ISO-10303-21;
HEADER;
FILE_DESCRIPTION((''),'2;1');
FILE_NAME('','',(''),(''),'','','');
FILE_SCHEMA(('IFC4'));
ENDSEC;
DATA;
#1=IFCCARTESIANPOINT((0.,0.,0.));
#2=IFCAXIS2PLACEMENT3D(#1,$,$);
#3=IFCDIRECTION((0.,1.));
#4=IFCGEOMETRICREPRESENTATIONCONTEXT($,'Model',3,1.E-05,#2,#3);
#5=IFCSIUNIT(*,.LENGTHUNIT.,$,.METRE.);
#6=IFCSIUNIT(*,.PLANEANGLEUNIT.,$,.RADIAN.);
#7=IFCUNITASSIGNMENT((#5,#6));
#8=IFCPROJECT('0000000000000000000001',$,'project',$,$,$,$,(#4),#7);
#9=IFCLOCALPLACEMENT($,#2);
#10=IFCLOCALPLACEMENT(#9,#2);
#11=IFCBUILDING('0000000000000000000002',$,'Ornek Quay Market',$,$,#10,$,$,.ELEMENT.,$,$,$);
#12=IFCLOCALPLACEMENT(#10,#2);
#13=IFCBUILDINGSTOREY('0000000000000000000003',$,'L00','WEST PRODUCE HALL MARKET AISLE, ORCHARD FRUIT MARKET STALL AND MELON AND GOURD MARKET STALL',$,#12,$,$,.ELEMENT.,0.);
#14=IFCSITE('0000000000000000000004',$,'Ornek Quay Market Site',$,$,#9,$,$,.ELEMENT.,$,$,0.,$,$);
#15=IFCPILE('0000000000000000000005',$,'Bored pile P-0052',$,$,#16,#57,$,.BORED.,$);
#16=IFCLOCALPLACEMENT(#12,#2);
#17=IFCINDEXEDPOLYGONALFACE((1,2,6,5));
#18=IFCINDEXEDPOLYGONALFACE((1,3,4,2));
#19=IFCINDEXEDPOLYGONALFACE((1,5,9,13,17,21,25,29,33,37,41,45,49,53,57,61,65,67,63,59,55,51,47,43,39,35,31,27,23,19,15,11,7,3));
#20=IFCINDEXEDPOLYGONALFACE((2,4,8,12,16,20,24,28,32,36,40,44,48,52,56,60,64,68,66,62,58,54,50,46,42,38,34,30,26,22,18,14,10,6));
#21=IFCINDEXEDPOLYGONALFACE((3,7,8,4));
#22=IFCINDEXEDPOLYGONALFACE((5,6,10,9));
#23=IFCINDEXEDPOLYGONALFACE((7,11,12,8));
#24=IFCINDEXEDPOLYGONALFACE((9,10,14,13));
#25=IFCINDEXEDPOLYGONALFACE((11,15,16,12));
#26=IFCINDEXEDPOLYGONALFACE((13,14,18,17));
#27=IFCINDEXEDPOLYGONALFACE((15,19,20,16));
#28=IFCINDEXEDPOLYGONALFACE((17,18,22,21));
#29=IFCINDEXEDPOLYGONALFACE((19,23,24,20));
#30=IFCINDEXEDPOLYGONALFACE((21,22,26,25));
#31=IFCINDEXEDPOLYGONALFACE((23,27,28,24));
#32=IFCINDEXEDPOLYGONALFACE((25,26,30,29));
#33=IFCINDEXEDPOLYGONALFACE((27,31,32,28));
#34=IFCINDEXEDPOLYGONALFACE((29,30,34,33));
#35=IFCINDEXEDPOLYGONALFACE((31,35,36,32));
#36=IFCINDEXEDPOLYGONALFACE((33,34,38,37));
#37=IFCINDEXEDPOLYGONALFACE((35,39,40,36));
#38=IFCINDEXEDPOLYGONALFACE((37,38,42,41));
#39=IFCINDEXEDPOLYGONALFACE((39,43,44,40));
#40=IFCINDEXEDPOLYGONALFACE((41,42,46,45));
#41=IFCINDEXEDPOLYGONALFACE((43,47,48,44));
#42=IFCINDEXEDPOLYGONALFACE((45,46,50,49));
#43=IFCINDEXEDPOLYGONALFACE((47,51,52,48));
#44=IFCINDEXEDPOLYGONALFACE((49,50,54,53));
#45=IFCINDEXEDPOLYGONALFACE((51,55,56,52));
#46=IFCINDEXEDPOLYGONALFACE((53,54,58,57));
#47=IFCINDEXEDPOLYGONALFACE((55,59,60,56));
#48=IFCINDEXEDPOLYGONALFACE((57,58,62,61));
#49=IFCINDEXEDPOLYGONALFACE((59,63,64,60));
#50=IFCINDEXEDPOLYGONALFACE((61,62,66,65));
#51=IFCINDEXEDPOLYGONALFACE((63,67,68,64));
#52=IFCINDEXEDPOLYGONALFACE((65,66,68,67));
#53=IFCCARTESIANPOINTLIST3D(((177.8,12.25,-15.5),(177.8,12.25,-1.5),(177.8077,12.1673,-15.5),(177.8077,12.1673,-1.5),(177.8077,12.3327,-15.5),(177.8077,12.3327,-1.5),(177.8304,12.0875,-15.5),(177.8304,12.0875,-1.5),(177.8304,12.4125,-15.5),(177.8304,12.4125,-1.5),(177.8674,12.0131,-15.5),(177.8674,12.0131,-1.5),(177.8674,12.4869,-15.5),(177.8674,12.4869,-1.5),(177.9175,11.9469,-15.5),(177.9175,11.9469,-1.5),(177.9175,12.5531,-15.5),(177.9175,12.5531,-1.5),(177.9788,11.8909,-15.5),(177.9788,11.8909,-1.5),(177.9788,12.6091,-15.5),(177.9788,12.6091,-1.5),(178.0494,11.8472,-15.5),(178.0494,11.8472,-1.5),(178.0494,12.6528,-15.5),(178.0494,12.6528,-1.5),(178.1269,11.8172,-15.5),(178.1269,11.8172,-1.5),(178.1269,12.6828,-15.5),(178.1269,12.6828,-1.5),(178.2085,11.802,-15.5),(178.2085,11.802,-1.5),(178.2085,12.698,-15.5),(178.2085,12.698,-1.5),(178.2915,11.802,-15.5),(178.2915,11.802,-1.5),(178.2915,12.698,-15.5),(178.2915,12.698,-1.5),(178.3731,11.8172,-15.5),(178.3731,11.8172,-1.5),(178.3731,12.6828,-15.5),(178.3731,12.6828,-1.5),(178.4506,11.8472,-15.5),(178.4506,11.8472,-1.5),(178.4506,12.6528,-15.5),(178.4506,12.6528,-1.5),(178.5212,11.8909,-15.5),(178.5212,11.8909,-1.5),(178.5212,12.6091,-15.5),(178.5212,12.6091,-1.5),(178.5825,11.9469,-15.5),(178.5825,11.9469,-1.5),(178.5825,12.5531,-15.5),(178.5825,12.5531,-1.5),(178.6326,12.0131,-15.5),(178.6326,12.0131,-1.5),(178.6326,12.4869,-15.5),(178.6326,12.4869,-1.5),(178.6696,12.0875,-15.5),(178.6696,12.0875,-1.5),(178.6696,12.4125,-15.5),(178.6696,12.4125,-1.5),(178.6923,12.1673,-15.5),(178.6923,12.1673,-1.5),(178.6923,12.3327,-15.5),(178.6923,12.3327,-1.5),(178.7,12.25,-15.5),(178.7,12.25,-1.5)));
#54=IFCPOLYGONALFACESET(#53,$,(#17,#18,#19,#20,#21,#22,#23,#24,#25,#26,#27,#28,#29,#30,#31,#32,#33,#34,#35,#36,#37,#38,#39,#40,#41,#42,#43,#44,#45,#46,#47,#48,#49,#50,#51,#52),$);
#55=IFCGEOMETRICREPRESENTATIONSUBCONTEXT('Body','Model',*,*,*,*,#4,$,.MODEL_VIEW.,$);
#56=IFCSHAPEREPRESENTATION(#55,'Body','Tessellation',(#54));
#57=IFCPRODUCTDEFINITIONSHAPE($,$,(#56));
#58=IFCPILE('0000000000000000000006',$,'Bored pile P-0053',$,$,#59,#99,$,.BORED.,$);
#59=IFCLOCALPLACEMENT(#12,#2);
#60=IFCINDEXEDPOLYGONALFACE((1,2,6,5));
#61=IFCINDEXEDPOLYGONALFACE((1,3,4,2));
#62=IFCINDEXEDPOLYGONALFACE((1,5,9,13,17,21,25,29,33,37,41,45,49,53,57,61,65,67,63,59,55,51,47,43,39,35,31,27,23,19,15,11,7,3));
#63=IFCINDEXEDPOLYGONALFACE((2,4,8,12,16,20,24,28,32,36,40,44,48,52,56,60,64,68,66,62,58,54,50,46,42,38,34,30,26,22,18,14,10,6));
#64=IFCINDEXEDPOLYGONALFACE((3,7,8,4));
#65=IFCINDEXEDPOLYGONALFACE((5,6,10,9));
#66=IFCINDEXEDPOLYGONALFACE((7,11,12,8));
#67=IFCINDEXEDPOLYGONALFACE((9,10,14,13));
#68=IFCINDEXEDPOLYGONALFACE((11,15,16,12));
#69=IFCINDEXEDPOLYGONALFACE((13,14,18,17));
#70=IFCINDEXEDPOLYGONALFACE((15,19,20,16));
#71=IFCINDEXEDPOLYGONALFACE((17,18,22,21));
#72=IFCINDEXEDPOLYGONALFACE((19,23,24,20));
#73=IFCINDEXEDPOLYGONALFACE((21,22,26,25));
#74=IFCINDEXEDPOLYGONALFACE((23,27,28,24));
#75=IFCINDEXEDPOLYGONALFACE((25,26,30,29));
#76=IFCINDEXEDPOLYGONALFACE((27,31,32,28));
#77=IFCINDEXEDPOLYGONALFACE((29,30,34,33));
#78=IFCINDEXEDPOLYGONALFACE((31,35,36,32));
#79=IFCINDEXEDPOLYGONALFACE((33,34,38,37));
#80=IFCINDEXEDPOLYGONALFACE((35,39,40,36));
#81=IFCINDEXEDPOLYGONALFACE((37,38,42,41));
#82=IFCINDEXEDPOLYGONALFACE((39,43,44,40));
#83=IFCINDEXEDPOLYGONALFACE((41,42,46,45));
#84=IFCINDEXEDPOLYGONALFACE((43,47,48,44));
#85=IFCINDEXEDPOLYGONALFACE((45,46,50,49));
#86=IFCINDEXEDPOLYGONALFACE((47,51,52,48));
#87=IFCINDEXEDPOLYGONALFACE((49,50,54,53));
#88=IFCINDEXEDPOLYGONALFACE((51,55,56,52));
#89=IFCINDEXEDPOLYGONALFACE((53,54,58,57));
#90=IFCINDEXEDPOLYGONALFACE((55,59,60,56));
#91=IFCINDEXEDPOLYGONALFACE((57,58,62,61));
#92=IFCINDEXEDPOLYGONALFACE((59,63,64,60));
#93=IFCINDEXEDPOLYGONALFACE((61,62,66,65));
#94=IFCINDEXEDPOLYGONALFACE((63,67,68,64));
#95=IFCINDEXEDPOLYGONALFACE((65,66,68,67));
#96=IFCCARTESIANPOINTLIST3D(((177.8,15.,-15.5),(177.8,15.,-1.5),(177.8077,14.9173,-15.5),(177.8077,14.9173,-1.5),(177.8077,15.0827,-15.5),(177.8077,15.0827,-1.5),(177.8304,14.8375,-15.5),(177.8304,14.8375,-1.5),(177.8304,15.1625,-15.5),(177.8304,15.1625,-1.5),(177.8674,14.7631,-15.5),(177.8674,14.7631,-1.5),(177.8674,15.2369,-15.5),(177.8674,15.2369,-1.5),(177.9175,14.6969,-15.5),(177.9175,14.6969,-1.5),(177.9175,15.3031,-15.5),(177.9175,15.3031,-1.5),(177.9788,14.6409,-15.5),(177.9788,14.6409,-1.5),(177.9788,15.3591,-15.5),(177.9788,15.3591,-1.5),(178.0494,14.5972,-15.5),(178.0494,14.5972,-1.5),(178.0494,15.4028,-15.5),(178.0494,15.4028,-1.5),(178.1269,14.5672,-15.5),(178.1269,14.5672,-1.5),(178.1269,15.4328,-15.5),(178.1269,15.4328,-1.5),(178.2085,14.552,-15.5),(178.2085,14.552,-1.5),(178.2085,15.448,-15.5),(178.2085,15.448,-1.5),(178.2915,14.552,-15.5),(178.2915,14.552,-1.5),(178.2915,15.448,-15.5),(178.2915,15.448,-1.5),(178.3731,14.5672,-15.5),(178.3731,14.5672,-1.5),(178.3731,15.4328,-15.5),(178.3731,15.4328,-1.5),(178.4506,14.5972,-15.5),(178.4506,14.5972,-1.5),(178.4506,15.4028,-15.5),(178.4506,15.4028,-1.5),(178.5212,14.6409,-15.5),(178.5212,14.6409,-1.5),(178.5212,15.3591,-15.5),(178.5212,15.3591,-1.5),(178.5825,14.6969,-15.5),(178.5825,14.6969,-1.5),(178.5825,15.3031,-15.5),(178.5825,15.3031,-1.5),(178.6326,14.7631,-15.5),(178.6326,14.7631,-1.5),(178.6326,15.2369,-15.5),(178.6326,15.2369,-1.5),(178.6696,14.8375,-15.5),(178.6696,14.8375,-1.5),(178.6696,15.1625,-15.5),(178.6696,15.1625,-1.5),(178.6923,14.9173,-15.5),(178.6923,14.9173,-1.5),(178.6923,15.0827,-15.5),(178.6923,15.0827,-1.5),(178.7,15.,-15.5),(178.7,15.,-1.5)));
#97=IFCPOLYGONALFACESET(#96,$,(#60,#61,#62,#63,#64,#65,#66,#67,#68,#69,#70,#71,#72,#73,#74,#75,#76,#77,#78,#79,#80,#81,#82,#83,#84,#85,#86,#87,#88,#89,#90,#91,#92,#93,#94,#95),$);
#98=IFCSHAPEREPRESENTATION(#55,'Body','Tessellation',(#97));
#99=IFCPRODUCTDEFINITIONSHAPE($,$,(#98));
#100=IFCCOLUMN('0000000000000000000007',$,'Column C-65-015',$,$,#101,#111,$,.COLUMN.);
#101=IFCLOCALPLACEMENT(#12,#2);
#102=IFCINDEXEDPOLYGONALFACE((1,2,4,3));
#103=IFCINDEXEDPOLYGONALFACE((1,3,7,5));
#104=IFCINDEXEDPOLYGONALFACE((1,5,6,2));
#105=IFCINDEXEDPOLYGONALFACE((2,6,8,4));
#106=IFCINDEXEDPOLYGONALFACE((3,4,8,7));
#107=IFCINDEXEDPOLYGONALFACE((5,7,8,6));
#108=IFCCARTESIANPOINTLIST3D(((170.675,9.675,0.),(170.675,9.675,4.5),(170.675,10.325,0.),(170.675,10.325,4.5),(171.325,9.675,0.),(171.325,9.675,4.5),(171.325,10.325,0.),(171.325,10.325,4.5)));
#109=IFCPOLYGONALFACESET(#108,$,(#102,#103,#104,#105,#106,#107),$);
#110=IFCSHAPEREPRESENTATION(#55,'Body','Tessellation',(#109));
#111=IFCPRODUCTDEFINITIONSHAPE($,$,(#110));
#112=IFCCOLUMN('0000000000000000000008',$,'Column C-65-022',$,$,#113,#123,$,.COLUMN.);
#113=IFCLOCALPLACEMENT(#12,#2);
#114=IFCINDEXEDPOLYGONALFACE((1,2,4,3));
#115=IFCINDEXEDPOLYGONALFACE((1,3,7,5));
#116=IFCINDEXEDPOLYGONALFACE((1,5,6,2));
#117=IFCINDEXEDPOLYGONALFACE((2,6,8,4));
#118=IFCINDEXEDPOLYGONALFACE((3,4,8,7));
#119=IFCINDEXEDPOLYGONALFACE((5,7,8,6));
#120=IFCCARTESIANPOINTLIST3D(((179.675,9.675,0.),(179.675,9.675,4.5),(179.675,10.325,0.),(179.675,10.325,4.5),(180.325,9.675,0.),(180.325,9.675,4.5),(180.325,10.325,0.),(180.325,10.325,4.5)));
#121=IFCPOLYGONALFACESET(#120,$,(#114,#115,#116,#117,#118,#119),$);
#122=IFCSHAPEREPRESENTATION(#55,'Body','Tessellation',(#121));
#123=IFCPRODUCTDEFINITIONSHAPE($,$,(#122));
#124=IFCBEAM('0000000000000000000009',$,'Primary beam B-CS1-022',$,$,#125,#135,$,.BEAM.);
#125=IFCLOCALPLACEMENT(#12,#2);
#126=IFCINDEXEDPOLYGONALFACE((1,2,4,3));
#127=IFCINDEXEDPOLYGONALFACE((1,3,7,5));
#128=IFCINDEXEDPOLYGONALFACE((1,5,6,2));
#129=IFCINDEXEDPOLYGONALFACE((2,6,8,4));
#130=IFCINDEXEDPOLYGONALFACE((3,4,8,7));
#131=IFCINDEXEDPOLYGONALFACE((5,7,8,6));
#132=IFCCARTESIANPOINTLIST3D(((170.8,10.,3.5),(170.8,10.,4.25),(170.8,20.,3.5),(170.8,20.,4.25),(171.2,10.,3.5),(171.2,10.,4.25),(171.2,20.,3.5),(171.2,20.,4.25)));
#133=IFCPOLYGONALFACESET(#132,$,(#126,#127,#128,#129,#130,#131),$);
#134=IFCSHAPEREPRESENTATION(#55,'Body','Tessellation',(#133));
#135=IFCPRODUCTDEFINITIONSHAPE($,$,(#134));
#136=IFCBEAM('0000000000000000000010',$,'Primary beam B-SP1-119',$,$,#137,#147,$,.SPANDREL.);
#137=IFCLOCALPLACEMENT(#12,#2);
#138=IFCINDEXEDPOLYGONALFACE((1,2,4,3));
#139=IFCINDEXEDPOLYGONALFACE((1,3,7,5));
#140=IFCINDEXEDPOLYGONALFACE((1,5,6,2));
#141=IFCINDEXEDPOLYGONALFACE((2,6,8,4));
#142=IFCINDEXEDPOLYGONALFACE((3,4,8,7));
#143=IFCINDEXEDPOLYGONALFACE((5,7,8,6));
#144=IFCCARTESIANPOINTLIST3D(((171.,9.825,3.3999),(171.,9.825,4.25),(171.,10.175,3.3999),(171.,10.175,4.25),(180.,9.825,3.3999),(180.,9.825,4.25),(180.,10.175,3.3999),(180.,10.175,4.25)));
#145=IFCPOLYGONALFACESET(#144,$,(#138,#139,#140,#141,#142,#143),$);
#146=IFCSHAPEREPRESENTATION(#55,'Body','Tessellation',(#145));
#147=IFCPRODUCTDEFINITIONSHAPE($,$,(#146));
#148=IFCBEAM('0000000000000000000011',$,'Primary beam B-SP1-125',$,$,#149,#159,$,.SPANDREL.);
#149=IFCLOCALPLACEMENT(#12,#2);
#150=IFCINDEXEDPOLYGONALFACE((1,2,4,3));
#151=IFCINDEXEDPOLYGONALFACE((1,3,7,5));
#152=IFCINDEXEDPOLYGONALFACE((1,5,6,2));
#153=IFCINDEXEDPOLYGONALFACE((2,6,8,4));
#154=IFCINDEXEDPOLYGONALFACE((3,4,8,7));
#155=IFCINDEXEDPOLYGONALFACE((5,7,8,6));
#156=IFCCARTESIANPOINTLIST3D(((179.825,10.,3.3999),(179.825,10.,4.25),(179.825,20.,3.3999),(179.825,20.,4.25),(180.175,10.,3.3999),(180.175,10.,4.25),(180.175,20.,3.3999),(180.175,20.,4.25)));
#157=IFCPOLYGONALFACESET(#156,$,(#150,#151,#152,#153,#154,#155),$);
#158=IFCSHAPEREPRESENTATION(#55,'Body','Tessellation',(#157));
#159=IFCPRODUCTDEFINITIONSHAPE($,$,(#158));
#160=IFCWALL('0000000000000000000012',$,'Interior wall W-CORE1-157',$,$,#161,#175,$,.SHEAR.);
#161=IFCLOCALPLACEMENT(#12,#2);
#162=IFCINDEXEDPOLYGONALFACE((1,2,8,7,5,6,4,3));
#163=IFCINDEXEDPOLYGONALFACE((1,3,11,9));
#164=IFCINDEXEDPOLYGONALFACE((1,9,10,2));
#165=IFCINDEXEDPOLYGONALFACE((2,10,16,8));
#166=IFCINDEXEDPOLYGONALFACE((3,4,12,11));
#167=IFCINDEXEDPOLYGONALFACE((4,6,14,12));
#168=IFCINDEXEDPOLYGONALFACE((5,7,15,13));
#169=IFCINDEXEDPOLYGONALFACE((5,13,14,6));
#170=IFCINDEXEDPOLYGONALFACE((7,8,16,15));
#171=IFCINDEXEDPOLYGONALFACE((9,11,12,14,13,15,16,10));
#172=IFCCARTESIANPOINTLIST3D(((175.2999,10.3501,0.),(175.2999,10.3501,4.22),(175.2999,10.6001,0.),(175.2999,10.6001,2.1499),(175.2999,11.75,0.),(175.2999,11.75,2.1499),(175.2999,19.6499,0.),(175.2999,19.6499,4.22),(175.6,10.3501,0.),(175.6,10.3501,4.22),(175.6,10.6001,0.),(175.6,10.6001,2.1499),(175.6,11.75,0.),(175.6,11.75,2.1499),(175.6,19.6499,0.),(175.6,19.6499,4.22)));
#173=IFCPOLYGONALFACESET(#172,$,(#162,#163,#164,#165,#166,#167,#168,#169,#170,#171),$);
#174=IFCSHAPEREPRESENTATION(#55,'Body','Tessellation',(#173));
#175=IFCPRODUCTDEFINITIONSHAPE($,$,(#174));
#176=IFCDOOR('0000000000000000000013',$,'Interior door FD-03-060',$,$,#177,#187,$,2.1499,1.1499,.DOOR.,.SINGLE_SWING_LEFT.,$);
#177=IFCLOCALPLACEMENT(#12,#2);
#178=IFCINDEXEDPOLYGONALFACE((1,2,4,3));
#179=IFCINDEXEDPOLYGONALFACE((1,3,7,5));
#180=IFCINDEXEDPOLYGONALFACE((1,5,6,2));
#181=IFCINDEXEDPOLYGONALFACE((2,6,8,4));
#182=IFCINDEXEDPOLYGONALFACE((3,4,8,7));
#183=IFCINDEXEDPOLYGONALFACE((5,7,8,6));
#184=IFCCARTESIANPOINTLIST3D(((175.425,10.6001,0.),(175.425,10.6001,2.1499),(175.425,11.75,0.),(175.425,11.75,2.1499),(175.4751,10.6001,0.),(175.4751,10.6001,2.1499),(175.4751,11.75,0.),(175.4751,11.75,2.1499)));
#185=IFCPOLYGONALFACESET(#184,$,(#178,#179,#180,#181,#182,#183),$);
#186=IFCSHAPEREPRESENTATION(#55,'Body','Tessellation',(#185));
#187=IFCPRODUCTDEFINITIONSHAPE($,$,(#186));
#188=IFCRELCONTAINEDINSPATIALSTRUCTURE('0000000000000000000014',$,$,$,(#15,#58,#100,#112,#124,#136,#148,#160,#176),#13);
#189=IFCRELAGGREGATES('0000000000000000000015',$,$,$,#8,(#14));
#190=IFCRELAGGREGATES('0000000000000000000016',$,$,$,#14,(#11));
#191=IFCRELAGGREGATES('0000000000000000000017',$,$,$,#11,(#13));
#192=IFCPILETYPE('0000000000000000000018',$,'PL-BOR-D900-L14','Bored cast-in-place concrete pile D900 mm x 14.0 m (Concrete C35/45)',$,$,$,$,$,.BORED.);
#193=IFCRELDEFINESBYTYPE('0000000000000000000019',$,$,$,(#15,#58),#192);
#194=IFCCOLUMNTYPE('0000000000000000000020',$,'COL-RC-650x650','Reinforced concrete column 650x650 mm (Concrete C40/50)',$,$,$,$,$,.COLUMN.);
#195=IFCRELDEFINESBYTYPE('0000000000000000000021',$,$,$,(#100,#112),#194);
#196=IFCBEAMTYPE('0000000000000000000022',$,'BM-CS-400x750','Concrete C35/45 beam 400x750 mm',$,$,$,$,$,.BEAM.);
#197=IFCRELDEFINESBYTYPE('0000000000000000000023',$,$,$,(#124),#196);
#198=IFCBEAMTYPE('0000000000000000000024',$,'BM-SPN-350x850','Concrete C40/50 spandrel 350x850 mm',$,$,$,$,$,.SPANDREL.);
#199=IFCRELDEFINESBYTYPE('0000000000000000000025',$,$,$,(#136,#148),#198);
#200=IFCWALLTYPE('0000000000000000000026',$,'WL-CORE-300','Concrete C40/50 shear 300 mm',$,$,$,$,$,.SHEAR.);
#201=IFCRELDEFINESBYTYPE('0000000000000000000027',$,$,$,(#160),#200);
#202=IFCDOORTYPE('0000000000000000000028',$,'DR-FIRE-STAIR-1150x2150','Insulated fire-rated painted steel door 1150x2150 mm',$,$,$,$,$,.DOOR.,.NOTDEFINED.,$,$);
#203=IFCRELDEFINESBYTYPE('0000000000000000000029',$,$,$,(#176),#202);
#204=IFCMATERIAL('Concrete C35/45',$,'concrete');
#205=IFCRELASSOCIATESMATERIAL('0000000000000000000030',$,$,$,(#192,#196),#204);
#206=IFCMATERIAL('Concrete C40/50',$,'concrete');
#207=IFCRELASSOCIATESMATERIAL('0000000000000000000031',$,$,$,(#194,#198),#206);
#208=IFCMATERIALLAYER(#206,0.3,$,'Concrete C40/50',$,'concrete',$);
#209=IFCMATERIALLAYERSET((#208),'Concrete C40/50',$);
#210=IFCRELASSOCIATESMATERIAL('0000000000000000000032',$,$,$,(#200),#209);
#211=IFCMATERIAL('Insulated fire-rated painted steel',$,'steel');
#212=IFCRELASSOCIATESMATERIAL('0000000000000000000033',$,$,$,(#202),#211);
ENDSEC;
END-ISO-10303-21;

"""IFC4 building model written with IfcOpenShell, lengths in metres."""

from ifc_helpers import new_model, si_unit, direction, frame, frame_2d, origin, origin_2d, place, context, subcontext, project, spatial, rectangle, circle, extrude, material, layer, layer_set, material_profile, profile_set, type_object, element, fill, save


model = new_model("IFC4")

# Units and contexts
model_context = context("Model", 3, precision=1e-05, world=origin(), true_north=direction((0.0, 1.0)))
body_context = subcontext(model_context, "Body", "Model", "MODEL_VIEW")
ifc_project = project(units=[si_unit("LENGTHUNIT", "METRE"), si_unit("PLANEANGLEUNIT", "RADIAN")], contexts=[model_context])

# Site, building, storey
site_placement = place(None, origin())
site = spatial("IfcSite", under=ifc_project, at=site_placement, Name="Ornek Quay Market Site", CompositionType="ELEMENT", RefElevation=0.0)
building_placement = place(site_placement, origin())
building = spatial("IfcBuilding", under=site, at=building_placement, Name="Ornek Quay Market", CompositionType="ELEMENT")
storey_placement = place(building_placement, origin())
storey = spatial("IfcBuildingStorey", under=building, at=storey_placement, Name="L00", Description="WEST PRODUCE HALL MARKET AISLE, ORCHARD FRUIT MARKET STALL AND MELON AND GOURD MARKET STALL", CompositionType="ELEMENT", Elevation=0.0)

# Piles
ifc_material_1 = material(Name="Concrete C35/45", Category="concrete")
ifc_material_profile_1 = material_profile(ifc_material_1, circle(Radius=0.45, at=origin_2d()), Name="PILE D900", Category="concrete")
ifc_profile_set_1 = profile_set([ifc_material_profile_1], Name="Concrete C35/45")
pile_type = type_object("IfcPileType", Name="PL-BOR-D900-L14", Description="Bored cast-in-place concrete pile D900 mm x 14.0 m (Concrete C35/45)", PredefinedType="BORED", material=ifc_profile_set_1)
for number, where, z_axis, x_axis, name in (
    (1, (178.25, 12.25, -1.5), (0.0, 0.0, -1.0), (1.0, 0.0, 0.0), "Bored pile P-0052"),
    (2, (178.25, 15.0, -1.5), (0.0, 0.0, -1.0), (1.0, 0.0, 0.0), "Bored pile P-0053"),
):
    element("IfcPile", number, at=place(storey_placement, frame(where, z_axis=z_axis, x_axis=x_axis)), inside=storey, type_object=pile_type, Name=name, PredefinedType="BORED", context=body_context, shape_type="SweptSolid", body=[
        extrude(circle(Radius=0.45, at=origin_2d()), origin(), (0.0, 0.0, 1.0), 14.0),
    ])

# Columns
ifc_material_2 = material(Name="Concrete C40/50", Category="concrete")
ifc_material_profile_2 = material_profile(ifc_material_2, rectangle(XDim=0.6499, YDim=0.6499, at=origin_2d()), Name="RC 650x650", Category="concrete")
ifc_profile_set_2 = profile_set([ifc_material_profile_2], Name="Concrete C40/50")
column_type = type_object("IfcColumnType", Name="COL-RC-650x650", Description="Reinforced concrete column 650x650 mm (Concrete C40/50)", PredefinedType="COLUMN", material=ifc_profile_set_2)
for number, where, z_axis, x_axis, name in (
    (3, (171.0, 10.0, 0.0), (0.0, 0.0, 1.0), (1.0, 0.0, 0.0), "Column C-65-015"),
    (4, (180.0, 10.0, 0.0), (0.0, 0.0, 1.0), (1.0, 0.0, 0.0), "Column C-65-022"),
):
    element("IfcColumn", number, at=place(storey_placement, frame(where, z_axis=z_axis, x_axis=x_axis)), inside=storey, type_object=column_type, Name=name, PredefinedType="COLUMN", context=body_context, shape_type="SweptSolid", body=[
        extrude(rectangle(XDim=0.6499, YDim=0.6499, at=origin_2d()), origin(), (0.0, 0.0, 1.0), 4.5),
    ])

# Beams
ifc_material_profile_3 = material_profile(ifc_material_1, rectangle(XDim=0.3999, YDim=0.75, at=origin_2d()), Name="RC 400x750", Category="concrete")
ifc_profile_set_3 = profile_set([ifc_material_profile_3], Name="Concrete C35/45")
beam_type_1 = type_object("IfcBeamType", Name="BM-CS-400x750", Description="Concrete C35/45 beam 400x750 mm", PredefinedType="BEAM", material=ifc_profile_set_3)
beam_1_placement = place(storey_placement, frame((171.0, 10.0, 3.875), z_axis=(0.0, 1.0, 0.0), x_axis=(-1.0, 0.0, 0.0)))
element("IfcBeam", 5, at=beam_1_placement, inside=storey, type_object=beam_type_1, Name="Primary beam B-CS1-022", PredefinedType="BEAM", context=body_context, shape_type="SweptSolid", body=[
    extrude(rectangle(XDim=0.3999, YDim=0.75, at=origin_2d()), origin(), (0.0, 0.0, 1.0), 10.0),
])
ifc_material_profile_4 = material_profile(ifc_material_2, rectangle(XDim=0.3501, YDim=0.8501, at=origin_2d()), Name="RC 350x850", Category="concrete")
ifc_profile_set_4 = profile_set([ifc_material_profile_4], Name="Concrete C40/50")
beam_type_2 = type_object("IfcBeamType", Name="BM-SPN-350x850", Description="Concrete C40/50 spandrel 350x850 mm", PredefinedType="SPANDREL", material=ifc_profile_set_4)
beam_2_placement = place(storey_placement, frame((171.0, 10.0, 3.825), z_axis=(1.0, 0.0, 0.0), x_axis=(0.0, 1.0, 0.0)))
element("IfcBeam", 6, at=beam_2_placement, inside=storey, type_object=beam_type_2, Name="Primary beam B-SP1-119", PredefinedType="SPANDREL", context=body_context, shape_type="SweptSolid", body=[
    extrude(rectangle(XDim=0.3501, YDim=0.8501, at=origin_2d()), origin(), (0.0, 0.0, 1.0), 9.0),
])
beam_3_placement = place(storey_placement, frame((180.0, 10.0, 3.825), z_axis=(0.0, 1.0, 0.0), x_axis=(-1.0, 0.0, 0.0)))
element("IfcBeam", 7, at=beam_3_placement, inside=storey, type_object=beam_type_2, Name="Primary beam B-SP1-125", PredefinedType="SPANDREL", context=body_context, shape_type="SweptSolid", body=[
    extrude(rectangle(XDim=0.3501, YDim=0.8501, at=origin_2d()), origin(), (0.0, 0.0, 1.0), 10.0),
])

# Wall, opening, door
ifc_layer_1 = layer(ifc_material_2, 0.3, Name="Concrete C40/50", Category="concrete")
ifc_layer_set_1 = layer_set([ifc_layer_1], Name="Concrete C40/50")
wall_type_1 = type_object("IfcWallType", Name="WL-CORE-300", Description="Concrete C40/50 shear 300 mm", PredefinedType="SHEAR", material=ifc_layer_set_1)
wall_1_placement = place(storey_placement, frame((175.45, 10.3501, 0.0), z_axis=(0.0, 0.0, 1.0), x_axis=(0.0, 1.0, 0.0)))
wall_1 = element("IfcWall", 8, at=wall_1_placement, inside=storey, type_object=wall_type_1, Name="Interior wall W-CORE1-157", PredefinedType="SHEAR", context=body_context, shape_type="SweptSolid", body=[
    extrude(rectangle(XDim=9.2998, YDim=0.3, at=frame_2d((4.6499, 0.0))), origin(), (0.0, 0.0, 1.0), 4.22),
])
opening_1_placement = place(wall_1_placement, frame((0.25, 0.0, 0.0)))
opening_1 = element("IfcOpeningElement", 9, at=opening_1_placement, cuts=wall_1, PredefinedType="OPENING", context=body_context, shape_type="SweptSolid", body=[
    extrude(rectangle(XDim=1.1499, YDim=2.1499, at=frame_2d((0.575, 1.075))), frame((0.0, 0.1599, 0.0), z_axis=(0.0, -1.0, 0.0), x_axis=(1.0, 0.0, 0.0)), (0.0, 0.0, 1.0), 0.3201),
])
ifc_material_3 = material(Name="Insulated fire-rated painted steel", Category="steel")
door_type = type_object("IfcDoorType", Name="DR-FIRE-STAIR-1150x2150", Description="Insulated fire-rated painted steel door 1150x2150 mm", OperationType="NOTDEFINED", PredefinedType="DOOR", material=ifc_material_3)
door_placement = place(opening_1_placement, origin())
door = element("IfcDoor", 10, at=door_placement, inside=storey, type_object=door_type, Name="Interior door FD-03-060", OperationType="SINGLE_SWING_LEFT", OverallHeight=2.1499, OverallWidth=1.1499, PredefinedType="DOOR", context=body_context, shape_type="SweptSolid", body=[
    extrude(rectangle(XDim=1.1499, YDim=2.1499, at=frame_2d((0.575, 1.075))), frame((0.0, 0.0249, 0.0), z_axis=(0.0, -1.0, 0.0), x_axis=(1.0, 0.0, 0.0)), (0.0, 0.0, 1.0), 0.05),
])
fill(opening_1, door)

save(model, "model.ifc")
